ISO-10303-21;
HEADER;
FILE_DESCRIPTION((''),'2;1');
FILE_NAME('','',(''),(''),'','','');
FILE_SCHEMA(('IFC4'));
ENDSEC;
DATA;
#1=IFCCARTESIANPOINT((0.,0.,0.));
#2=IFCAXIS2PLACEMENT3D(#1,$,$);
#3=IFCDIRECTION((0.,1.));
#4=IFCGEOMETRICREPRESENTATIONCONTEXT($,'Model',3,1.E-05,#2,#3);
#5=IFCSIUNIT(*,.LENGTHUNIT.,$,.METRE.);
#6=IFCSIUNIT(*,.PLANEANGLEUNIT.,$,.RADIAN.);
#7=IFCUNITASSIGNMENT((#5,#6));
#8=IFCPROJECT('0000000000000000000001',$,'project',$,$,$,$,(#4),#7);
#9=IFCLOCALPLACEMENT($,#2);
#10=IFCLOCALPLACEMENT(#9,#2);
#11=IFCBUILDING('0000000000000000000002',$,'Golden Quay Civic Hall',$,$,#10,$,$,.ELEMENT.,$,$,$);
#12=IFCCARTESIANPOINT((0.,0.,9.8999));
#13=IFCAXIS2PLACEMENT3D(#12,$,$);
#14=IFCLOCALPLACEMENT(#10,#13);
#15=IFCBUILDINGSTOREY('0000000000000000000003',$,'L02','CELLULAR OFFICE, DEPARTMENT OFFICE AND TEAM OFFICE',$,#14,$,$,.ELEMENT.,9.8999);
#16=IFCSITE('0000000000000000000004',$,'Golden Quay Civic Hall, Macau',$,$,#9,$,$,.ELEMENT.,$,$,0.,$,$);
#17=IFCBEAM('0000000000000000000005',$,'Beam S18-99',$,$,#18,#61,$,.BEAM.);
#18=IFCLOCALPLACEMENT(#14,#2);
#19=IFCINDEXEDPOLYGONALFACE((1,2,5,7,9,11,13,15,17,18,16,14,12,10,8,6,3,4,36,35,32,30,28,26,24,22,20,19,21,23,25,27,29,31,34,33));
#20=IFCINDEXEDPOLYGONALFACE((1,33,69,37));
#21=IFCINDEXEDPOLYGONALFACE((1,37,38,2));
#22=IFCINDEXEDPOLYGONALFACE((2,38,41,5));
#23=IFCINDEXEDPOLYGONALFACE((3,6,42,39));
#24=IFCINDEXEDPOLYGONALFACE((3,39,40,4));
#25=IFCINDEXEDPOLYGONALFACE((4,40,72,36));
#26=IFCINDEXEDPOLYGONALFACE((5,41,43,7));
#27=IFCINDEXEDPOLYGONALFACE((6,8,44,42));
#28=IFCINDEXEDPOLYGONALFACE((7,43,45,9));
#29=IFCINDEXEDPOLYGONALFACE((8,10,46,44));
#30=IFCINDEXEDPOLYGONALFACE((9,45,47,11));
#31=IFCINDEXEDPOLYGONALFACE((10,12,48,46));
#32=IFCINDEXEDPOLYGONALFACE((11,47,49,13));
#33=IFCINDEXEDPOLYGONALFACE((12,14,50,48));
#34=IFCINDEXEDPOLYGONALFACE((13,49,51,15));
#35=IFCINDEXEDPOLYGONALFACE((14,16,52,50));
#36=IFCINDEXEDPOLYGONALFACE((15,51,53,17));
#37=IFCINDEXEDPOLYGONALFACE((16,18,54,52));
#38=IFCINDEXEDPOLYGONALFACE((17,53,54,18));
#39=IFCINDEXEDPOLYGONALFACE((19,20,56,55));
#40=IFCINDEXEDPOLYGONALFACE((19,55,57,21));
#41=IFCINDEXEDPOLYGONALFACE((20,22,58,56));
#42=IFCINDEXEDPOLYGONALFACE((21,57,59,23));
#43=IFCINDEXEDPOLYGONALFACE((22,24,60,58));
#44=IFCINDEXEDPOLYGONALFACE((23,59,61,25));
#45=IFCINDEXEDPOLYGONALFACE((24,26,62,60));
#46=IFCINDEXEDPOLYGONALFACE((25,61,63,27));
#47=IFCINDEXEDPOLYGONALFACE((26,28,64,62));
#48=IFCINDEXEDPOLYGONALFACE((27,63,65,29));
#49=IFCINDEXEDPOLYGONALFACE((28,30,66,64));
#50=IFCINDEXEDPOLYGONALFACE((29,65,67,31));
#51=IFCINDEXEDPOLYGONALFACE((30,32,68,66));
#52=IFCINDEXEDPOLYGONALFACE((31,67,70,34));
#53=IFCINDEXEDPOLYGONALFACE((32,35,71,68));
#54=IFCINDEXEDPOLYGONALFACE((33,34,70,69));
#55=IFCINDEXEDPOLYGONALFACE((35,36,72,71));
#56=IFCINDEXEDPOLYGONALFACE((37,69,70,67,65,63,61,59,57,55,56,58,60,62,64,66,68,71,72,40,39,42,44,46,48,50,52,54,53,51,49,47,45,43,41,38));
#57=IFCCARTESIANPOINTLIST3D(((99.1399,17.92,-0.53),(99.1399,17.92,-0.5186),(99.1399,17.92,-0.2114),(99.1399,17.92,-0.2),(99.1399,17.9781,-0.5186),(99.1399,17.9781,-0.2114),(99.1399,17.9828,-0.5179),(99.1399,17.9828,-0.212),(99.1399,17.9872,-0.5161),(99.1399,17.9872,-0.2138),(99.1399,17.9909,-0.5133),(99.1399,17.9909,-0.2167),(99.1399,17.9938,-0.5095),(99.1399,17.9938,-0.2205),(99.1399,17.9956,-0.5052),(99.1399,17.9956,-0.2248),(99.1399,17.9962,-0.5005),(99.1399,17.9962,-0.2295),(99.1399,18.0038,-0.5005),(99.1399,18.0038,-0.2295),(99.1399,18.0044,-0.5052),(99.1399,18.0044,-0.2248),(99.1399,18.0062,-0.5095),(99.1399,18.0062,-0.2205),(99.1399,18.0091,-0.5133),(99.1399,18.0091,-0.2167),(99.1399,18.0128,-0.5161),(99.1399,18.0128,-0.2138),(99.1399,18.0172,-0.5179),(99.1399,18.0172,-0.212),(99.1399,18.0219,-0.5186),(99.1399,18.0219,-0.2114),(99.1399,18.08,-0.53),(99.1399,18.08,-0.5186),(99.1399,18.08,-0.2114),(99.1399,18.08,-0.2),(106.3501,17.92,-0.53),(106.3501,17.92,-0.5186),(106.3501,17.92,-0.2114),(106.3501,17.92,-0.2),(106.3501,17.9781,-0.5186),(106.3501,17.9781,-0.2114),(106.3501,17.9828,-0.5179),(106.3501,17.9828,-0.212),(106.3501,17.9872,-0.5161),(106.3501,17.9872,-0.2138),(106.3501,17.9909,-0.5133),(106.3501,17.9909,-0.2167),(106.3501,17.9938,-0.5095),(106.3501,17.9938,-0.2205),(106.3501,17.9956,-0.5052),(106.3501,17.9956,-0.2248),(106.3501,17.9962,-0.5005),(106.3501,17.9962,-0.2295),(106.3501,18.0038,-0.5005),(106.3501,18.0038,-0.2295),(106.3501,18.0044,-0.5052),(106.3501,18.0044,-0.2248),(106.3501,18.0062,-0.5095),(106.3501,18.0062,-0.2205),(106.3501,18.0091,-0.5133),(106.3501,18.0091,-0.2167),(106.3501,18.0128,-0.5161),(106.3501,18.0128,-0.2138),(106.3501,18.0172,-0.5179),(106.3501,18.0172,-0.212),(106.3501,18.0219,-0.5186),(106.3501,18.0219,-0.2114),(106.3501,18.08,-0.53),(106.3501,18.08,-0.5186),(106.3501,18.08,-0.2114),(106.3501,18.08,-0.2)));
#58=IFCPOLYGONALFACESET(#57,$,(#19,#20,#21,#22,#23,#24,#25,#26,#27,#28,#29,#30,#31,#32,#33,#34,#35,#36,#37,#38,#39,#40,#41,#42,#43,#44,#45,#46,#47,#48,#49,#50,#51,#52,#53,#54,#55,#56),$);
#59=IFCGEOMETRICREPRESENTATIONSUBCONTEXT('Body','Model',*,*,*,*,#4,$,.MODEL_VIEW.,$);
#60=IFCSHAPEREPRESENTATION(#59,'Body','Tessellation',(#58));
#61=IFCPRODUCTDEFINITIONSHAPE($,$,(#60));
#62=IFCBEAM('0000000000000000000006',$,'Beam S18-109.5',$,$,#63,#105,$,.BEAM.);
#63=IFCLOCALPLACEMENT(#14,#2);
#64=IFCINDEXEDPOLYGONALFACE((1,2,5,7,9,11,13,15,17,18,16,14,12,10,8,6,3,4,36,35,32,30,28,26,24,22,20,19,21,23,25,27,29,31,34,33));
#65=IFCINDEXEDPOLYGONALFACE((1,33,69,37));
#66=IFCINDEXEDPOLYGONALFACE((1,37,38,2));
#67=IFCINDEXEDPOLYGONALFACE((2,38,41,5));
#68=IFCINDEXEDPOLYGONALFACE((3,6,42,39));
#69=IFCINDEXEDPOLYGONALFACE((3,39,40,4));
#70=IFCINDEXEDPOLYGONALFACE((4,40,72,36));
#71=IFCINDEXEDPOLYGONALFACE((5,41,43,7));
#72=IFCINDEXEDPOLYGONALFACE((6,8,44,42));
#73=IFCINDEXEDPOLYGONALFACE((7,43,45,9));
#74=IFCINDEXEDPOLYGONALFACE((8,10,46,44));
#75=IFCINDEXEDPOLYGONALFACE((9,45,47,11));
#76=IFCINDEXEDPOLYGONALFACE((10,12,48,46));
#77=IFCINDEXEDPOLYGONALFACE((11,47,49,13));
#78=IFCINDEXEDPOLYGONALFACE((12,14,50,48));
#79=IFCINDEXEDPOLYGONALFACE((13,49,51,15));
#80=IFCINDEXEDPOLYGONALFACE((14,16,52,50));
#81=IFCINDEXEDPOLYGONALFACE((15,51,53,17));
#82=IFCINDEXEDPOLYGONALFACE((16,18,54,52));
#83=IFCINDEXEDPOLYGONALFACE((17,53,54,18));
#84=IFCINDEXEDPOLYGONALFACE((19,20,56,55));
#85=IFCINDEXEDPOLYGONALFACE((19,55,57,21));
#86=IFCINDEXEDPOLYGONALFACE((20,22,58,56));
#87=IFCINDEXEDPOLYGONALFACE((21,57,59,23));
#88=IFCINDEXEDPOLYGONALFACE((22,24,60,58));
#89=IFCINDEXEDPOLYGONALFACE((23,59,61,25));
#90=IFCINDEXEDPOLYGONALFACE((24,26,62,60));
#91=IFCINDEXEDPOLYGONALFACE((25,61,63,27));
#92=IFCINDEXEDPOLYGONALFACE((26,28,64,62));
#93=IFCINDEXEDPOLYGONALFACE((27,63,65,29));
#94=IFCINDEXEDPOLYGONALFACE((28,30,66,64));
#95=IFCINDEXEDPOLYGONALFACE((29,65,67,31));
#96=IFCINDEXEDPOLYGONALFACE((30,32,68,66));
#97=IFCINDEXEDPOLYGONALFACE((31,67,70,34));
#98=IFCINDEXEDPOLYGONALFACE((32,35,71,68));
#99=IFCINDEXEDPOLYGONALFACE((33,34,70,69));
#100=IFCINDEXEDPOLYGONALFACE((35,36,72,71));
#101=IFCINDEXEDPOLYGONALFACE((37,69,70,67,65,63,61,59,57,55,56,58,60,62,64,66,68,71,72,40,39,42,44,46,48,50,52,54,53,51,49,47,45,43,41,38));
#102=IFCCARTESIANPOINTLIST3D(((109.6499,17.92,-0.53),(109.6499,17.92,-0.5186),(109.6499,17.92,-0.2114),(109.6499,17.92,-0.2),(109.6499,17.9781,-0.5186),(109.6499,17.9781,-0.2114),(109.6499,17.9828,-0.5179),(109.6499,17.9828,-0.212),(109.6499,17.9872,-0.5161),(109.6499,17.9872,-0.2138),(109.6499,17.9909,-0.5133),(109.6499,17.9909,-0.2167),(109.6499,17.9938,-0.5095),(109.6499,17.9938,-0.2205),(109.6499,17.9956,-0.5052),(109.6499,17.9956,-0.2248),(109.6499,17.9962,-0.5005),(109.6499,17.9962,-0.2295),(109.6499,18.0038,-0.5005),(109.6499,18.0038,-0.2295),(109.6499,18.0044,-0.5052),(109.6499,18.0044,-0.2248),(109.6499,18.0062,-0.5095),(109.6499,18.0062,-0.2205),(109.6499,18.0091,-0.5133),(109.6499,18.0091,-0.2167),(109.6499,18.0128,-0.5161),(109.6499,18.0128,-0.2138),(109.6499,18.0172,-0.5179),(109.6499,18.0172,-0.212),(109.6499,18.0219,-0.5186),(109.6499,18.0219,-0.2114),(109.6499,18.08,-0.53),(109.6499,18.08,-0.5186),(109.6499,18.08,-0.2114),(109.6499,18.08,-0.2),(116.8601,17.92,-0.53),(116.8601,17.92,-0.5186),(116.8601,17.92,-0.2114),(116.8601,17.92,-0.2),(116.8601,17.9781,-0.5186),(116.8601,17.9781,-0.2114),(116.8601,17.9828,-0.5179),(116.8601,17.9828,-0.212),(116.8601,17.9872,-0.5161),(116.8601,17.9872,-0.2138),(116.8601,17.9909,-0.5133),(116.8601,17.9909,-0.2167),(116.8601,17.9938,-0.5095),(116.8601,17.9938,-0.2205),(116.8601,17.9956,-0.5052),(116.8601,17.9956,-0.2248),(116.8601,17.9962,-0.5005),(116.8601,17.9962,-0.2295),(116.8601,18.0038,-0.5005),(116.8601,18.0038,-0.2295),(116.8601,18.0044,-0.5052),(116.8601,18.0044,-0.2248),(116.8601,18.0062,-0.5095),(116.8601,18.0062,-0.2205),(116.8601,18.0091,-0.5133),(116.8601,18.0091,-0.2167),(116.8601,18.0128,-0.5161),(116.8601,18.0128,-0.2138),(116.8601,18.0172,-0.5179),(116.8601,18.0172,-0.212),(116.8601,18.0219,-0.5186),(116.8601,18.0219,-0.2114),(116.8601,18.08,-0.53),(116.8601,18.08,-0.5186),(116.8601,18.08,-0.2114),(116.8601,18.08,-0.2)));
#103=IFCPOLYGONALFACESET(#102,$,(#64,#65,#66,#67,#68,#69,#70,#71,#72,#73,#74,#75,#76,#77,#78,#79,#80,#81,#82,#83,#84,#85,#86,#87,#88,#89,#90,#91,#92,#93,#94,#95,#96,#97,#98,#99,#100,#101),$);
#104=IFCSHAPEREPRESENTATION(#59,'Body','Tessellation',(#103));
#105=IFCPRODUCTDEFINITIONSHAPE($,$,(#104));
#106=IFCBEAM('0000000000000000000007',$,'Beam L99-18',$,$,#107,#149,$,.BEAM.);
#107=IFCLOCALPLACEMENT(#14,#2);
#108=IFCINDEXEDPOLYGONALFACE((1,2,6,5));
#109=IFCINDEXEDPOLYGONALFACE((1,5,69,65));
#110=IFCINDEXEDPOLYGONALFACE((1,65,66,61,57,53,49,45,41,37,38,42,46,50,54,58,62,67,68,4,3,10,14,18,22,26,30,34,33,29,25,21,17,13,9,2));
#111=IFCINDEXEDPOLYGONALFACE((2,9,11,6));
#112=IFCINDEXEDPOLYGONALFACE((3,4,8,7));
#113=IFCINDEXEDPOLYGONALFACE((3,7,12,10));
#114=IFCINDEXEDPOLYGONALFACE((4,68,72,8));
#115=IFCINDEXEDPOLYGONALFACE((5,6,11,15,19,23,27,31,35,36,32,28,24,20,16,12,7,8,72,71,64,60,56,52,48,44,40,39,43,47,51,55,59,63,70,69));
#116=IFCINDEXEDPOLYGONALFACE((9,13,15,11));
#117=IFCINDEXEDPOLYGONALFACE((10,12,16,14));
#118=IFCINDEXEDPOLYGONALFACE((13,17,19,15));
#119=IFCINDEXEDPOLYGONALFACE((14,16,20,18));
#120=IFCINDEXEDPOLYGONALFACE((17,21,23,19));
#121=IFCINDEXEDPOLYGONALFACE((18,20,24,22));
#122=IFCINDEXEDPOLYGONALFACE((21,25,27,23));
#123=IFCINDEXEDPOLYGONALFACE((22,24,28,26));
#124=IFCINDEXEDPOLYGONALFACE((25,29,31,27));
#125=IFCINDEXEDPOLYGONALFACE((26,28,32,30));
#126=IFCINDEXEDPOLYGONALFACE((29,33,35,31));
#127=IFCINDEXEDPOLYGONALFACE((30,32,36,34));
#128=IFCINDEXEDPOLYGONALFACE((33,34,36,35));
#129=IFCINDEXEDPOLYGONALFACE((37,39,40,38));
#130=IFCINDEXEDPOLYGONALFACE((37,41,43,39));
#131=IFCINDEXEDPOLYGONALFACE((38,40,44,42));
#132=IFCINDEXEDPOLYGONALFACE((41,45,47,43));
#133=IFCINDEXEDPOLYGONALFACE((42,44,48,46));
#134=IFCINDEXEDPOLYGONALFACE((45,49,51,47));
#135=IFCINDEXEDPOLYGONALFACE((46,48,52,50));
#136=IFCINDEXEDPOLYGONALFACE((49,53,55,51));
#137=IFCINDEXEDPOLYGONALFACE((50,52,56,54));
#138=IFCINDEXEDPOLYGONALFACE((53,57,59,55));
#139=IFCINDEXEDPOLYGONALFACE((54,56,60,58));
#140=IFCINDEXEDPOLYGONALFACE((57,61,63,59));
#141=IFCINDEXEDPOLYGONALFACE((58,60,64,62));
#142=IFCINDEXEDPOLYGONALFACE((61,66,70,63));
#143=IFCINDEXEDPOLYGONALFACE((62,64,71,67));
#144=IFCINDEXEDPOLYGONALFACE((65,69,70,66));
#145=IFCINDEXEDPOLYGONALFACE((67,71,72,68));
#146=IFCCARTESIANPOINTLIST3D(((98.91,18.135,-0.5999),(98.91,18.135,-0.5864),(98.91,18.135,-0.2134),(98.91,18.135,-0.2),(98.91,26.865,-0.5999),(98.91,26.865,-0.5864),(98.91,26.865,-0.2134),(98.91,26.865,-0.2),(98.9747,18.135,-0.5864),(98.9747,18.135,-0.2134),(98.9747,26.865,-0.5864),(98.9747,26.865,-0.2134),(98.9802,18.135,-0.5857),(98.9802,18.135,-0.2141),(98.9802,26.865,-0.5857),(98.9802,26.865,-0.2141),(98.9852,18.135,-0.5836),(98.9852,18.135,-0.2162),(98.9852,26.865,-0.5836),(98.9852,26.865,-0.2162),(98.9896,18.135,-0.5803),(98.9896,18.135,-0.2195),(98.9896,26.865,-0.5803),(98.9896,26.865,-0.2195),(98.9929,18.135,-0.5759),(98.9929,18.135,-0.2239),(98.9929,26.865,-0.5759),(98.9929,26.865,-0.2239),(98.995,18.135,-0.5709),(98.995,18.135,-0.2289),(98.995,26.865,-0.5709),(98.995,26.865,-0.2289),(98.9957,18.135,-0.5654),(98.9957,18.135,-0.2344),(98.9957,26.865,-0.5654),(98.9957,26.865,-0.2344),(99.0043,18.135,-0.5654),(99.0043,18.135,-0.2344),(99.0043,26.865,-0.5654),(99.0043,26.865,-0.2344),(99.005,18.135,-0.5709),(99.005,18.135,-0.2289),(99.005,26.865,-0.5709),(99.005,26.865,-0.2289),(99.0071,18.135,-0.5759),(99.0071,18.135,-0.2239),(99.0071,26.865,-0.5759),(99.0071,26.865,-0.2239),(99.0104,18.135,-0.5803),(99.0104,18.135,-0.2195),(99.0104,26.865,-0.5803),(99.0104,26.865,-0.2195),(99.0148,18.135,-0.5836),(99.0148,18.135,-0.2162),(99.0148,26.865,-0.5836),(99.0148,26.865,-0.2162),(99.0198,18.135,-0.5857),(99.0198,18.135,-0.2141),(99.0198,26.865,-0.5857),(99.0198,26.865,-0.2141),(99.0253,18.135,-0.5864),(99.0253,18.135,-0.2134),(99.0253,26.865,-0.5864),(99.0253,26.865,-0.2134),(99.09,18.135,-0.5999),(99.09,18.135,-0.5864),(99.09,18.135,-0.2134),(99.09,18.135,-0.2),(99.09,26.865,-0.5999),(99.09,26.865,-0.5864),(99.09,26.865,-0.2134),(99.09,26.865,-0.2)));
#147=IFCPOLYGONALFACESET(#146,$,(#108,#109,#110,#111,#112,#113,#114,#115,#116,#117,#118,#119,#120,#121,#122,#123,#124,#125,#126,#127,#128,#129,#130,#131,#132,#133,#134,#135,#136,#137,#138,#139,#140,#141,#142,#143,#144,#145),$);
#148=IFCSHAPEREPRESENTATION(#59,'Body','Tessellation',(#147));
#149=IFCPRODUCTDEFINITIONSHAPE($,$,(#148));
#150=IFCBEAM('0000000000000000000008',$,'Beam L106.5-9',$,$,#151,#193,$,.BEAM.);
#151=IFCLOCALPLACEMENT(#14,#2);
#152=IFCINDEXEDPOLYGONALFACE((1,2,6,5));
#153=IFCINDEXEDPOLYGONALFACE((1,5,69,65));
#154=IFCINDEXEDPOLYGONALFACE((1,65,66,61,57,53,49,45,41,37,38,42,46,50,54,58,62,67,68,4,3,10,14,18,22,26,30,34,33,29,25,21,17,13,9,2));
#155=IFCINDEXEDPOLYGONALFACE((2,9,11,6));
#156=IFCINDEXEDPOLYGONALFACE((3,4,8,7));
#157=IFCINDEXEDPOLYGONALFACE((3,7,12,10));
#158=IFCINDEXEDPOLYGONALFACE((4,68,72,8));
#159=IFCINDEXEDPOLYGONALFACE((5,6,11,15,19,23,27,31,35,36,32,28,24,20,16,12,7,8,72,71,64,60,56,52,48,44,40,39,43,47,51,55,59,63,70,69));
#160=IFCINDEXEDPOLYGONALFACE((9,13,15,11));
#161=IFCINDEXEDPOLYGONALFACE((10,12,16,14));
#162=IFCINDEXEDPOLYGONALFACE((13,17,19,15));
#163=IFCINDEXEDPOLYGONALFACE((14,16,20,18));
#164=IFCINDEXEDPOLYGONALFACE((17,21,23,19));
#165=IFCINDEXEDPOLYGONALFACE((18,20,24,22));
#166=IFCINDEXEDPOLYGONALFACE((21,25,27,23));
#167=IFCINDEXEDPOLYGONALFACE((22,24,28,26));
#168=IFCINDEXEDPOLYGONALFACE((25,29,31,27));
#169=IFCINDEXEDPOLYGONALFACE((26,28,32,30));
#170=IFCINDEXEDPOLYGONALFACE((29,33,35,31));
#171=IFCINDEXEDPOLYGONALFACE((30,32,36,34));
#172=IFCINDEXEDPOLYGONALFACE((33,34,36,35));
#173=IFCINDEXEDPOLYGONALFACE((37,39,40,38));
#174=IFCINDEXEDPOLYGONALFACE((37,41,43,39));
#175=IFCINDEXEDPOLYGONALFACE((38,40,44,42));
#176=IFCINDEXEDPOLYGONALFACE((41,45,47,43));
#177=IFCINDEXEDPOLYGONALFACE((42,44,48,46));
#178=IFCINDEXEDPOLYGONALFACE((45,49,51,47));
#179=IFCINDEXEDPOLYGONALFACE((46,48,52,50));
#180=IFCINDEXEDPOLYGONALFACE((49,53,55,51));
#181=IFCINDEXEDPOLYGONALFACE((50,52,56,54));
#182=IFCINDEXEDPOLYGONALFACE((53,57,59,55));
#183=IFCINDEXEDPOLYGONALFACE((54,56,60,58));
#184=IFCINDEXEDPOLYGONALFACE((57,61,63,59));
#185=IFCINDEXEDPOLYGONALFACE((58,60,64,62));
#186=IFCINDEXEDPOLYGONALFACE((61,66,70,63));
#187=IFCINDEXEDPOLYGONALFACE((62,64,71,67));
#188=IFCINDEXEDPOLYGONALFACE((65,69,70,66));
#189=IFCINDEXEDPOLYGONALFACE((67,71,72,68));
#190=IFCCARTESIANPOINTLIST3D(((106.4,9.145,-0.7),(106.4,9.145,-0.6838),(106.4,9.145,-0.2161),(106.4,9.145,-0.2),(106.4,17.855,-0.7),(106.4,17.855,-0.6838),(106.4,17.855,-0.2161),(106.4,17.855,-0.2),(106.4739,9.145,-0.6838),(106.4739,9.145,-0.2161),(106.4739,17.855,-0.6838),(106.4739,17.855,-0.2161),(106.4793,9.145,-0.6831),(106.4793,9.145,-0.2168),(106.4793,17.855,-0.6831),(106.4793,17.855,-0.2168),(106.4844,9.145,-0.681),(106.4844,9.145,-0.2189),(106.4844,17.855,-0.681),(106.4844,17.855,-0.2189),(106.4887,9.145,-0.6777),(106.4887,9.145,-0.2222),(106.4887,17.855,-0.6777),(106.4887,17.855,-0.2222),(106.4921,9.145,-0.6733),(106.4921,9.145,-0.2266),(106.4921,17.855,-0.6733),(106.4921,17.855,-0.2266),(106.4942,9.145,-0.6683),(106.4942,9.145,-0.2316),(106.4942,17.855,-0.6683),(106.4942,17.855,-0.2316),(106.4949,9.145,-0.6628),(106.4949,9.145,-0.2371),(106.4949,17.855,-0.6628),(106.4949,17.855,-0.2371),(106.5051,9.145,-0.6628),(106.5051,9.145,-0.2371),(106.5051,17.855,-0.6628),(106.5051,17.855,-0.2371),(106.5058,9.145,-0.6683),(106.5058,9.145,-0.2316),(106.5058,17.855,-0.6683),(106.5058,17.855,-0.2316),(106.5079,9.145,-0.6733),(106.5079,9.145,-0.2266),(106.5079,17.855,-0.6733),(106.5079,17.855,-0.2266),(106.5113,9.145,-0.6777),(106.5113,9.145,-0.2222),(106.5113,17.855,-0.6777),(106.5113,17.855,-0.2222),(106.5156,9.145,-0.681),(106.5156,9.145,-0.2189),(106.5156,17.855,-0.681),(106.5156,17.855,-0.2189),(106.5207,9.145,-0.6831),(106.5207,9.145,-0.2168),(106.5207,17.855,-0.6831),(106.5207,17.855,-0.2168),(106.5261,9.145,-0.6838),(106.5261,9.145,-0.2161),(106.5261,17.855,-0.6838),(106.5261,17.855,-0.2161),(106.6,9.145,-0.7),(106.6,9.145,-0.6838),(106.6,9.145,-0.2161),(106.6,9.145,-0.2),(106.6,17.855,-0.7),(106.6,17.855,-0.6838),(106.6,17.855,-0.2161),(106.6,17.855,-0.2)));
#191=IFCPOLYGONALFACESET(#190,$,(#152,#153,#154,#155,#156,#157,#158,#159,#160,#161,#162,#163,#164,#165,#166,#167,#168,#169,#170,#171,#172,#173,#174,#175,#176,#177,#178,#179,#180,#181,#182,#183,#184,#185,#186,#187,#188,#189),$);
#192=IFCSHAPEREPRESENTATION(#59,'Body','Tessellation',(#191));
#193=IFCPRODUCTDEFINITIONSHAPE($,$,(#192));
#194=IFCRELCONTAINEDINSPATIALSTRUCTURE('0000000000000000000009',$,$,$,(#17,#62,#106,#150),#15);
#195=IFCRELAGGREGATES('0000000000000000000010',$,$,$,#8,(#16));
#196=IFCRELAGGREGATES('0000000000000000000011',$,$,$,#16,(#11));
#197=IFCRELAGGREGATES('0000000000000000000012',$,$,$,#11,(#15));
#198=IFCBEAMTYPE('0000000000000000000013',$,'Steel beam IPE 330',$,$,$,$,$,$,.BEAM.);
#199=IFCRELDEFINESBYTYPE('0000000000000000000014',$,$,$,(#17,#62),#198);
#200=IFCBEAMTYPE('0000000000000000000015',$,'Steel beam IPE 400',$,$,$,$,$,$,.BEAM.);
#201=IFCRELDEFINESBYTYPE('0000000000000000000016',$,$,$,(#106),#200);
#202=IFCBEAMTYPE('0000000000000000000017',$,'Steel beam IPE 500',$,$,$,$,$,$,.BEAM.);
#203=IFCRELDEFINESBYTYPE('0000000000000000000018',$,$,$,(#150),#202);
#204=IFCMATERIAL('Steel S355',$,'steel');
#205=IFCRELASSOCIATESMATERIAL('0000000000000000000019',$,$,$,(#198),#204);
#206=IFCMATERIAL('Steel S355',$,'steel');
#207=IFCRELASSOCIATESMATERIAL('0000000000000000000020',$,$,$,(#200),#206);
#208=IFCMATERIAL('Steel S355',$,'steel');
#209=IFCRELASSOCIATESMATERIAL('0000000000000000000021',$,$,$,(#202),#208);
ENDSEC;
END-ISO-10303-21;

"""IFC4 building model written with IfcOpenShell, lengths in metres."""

from ifc_helpers import new_model, si_unit, direction, frame, origin, origin_2d, place, context, subcontext, project, spatial, i_section, extrude, material, material_profile, profile_set, type_object, element, save


model = new_model("IFC4")

# Units and contexts
model_context = context("Model", 3, precision=1e-05, world=origin(), true_north=direction((0.0, 1.0)))
body_context = subcontext(model_context, "Body", "Model", "MODEL_VIEW")
ifc_project = project(units=[si_unit("LENGTHUNIT", "METRE"), si_unit("PLANEANGLEUNIT", "RADIAN")], contexts=[model_context])

# Site, building, storey
site_placement = place(None, origin())
site = spatial("IfcSite", under=ifc_project, at=site_placement, Name="Golden Quay Civic Hall, Macau", CompositionType="ELEMENT", RefElevation=0.0)
building_placement = place(site_placement, origin())
building = spatial("IfcBuilding", under=site, at=building_placement, Name="Golden Quay Civic Hall", CompositionType="ELEMENT")
storey_placement = place(building_placement, frame((0.0, 0.0, 9.8999)))
storey = spatial("IfcBuildingStorey", under=building, at=storey_placement, Name="L02", Description="CELLULAR OFFICE, DEPARTMENT OFFICE AND TEAM OFFICE", CompositionType="ELEMENT", Elevation=9.8999)

# Beams
ifc_material_1 = material(Name="Steel S355", Category="steel")
ifc_material_profile_1 = material_profile(ifc_material_1, i_section(OverallWidth=0.1599, OverallDepth=0.3301, WebThickness=0.0076, FlangeThickness=0.0115, FilletRadius=0.0181, at=origin_2d()), Name="IPE 330")
ifc_profile_set_1 = profile_set([ifc_material_profile_1], Name="Steel S355")
beam_type_1 = type_object("IfcBeamType", Name="Steel beam IPE 330", PredefinedType="BEAM", material=ifc_profile_set_1)
for number, where, z_axis, x_axis, name in (
    (1, (99.1399, 18.0, -0.365), (1.0, 0.0, 0.0), (0.0, 1.0, 0.0), "Beam S18-99"),
    (2, (109.6499, 18.0, -0.365), (1.0, 0.0, 0.0), (0.0, 1.0, 0.0), "Beam S18-109.5"),
):
    element("IfcBeam", number, at=place(storey_placement, frame(where, z_axis=z_axis, x_axis=x_axis)), inside=storey, type_object=beam_type_1, Name=name, PredefinedType="BEAM", context=body_context, shape_type="SweptSolid", body=[
        extrude(i_section(OverallWidth=0.1599, OverallDepth=0.3301, WebThickness=0.0076, FlangeThickness=0.0115, FilletRadius=0.0181, at=origin_2d()), origin(), (0.0, 0.0, 1.0), 7.2102),
    ])
ifc_material_2 = material(Name="Steel S355", Category="steel")
ifc_material_profile_2 = material_profile(ifc_material_2, i_section(OverallWidth=0.1799, OverallDepth=0.3999, WebThickness=0.0085, FlangeThickness=0.0134, FilletRadius=0.021, at=origin_2d()), Name="IPE 400")
ifc_profile_set_2 = profile_set([ifc_material_profile_2], Name="Steel S355")
beam_type_2 = type_object("IfcBeamType", Name="Steel beam IPE 400", PredefinedType="BEAM", material=ifc_profile_set_2)
beam_1_placement = place(storey_placement, frame((99.0, 18.135, -0.3999), z_axis=(0.0, 1.0, 0.0), x_axis=(-1.0, 0.0, 0.0)))
element("IfcBeam", 3, at=beam_1_placement, inside=storey, type_object=beam_type_2, Name="Beam L99-18", PredefinedType="BEAM", context=body_context, shape_type="SweptSolid", body=[
    extrude(i_section(OverallWidth=0.1799, OverallDepth=0.3999, WebThickness=0.0085, FlangeThickness=0.0134, FilletRadius=0.021, at=origin_2d()), origin(), (0.0, 0.0, 1.0), 8.73),
])
ifc_material_3 = material(Name="Steel S355", Category="steel")
ifc_material_profile_3 = material_profile(ifc_material_3, i_section(OverallWidth=0.2, OverallDepth=0.5, WebThickness=0.0103, FlangeThickness=0.0161, FilletRadius=0.021, at=origin_2d()), Name="IPE 500")
ifc_profile_set_3 = profile_set([ifc_material_profile_3], Name="Steel S355")
beam_type_3 = type_object("IfcBeamType", Name="Steel beam IPE 500", PredefinedType="BEAM", material=ifc_profile_set_3)
for number, where, z_axis, x_axis, name in (
    (4, (106.5, 9.145, -0.45), (0.0, 1.0, 0.0), (-1.0, 0.0, 0.0), "Beam L106.5-9"),
):
    element("IfcBeam", number, at=place(storey_placement, frame(where, z_axis=z_axis, x_axis=x_axis)), inside=storey, type_object=beam_type_3, Name=name, PredefinedType="BEAM", context=body_context, shape_type="SweptSolid", body=[
        extrude(i_section(OverallWidth=0.2, OverallDepth=0.5, WebThickness=0.0103, FlangeThickness=0.0161, FilletRadius=0.021, at=origin_2d()), origin(), (0.0, 0.0, 1.0), 8.71),
    ])

save(model, "model.ifc")
